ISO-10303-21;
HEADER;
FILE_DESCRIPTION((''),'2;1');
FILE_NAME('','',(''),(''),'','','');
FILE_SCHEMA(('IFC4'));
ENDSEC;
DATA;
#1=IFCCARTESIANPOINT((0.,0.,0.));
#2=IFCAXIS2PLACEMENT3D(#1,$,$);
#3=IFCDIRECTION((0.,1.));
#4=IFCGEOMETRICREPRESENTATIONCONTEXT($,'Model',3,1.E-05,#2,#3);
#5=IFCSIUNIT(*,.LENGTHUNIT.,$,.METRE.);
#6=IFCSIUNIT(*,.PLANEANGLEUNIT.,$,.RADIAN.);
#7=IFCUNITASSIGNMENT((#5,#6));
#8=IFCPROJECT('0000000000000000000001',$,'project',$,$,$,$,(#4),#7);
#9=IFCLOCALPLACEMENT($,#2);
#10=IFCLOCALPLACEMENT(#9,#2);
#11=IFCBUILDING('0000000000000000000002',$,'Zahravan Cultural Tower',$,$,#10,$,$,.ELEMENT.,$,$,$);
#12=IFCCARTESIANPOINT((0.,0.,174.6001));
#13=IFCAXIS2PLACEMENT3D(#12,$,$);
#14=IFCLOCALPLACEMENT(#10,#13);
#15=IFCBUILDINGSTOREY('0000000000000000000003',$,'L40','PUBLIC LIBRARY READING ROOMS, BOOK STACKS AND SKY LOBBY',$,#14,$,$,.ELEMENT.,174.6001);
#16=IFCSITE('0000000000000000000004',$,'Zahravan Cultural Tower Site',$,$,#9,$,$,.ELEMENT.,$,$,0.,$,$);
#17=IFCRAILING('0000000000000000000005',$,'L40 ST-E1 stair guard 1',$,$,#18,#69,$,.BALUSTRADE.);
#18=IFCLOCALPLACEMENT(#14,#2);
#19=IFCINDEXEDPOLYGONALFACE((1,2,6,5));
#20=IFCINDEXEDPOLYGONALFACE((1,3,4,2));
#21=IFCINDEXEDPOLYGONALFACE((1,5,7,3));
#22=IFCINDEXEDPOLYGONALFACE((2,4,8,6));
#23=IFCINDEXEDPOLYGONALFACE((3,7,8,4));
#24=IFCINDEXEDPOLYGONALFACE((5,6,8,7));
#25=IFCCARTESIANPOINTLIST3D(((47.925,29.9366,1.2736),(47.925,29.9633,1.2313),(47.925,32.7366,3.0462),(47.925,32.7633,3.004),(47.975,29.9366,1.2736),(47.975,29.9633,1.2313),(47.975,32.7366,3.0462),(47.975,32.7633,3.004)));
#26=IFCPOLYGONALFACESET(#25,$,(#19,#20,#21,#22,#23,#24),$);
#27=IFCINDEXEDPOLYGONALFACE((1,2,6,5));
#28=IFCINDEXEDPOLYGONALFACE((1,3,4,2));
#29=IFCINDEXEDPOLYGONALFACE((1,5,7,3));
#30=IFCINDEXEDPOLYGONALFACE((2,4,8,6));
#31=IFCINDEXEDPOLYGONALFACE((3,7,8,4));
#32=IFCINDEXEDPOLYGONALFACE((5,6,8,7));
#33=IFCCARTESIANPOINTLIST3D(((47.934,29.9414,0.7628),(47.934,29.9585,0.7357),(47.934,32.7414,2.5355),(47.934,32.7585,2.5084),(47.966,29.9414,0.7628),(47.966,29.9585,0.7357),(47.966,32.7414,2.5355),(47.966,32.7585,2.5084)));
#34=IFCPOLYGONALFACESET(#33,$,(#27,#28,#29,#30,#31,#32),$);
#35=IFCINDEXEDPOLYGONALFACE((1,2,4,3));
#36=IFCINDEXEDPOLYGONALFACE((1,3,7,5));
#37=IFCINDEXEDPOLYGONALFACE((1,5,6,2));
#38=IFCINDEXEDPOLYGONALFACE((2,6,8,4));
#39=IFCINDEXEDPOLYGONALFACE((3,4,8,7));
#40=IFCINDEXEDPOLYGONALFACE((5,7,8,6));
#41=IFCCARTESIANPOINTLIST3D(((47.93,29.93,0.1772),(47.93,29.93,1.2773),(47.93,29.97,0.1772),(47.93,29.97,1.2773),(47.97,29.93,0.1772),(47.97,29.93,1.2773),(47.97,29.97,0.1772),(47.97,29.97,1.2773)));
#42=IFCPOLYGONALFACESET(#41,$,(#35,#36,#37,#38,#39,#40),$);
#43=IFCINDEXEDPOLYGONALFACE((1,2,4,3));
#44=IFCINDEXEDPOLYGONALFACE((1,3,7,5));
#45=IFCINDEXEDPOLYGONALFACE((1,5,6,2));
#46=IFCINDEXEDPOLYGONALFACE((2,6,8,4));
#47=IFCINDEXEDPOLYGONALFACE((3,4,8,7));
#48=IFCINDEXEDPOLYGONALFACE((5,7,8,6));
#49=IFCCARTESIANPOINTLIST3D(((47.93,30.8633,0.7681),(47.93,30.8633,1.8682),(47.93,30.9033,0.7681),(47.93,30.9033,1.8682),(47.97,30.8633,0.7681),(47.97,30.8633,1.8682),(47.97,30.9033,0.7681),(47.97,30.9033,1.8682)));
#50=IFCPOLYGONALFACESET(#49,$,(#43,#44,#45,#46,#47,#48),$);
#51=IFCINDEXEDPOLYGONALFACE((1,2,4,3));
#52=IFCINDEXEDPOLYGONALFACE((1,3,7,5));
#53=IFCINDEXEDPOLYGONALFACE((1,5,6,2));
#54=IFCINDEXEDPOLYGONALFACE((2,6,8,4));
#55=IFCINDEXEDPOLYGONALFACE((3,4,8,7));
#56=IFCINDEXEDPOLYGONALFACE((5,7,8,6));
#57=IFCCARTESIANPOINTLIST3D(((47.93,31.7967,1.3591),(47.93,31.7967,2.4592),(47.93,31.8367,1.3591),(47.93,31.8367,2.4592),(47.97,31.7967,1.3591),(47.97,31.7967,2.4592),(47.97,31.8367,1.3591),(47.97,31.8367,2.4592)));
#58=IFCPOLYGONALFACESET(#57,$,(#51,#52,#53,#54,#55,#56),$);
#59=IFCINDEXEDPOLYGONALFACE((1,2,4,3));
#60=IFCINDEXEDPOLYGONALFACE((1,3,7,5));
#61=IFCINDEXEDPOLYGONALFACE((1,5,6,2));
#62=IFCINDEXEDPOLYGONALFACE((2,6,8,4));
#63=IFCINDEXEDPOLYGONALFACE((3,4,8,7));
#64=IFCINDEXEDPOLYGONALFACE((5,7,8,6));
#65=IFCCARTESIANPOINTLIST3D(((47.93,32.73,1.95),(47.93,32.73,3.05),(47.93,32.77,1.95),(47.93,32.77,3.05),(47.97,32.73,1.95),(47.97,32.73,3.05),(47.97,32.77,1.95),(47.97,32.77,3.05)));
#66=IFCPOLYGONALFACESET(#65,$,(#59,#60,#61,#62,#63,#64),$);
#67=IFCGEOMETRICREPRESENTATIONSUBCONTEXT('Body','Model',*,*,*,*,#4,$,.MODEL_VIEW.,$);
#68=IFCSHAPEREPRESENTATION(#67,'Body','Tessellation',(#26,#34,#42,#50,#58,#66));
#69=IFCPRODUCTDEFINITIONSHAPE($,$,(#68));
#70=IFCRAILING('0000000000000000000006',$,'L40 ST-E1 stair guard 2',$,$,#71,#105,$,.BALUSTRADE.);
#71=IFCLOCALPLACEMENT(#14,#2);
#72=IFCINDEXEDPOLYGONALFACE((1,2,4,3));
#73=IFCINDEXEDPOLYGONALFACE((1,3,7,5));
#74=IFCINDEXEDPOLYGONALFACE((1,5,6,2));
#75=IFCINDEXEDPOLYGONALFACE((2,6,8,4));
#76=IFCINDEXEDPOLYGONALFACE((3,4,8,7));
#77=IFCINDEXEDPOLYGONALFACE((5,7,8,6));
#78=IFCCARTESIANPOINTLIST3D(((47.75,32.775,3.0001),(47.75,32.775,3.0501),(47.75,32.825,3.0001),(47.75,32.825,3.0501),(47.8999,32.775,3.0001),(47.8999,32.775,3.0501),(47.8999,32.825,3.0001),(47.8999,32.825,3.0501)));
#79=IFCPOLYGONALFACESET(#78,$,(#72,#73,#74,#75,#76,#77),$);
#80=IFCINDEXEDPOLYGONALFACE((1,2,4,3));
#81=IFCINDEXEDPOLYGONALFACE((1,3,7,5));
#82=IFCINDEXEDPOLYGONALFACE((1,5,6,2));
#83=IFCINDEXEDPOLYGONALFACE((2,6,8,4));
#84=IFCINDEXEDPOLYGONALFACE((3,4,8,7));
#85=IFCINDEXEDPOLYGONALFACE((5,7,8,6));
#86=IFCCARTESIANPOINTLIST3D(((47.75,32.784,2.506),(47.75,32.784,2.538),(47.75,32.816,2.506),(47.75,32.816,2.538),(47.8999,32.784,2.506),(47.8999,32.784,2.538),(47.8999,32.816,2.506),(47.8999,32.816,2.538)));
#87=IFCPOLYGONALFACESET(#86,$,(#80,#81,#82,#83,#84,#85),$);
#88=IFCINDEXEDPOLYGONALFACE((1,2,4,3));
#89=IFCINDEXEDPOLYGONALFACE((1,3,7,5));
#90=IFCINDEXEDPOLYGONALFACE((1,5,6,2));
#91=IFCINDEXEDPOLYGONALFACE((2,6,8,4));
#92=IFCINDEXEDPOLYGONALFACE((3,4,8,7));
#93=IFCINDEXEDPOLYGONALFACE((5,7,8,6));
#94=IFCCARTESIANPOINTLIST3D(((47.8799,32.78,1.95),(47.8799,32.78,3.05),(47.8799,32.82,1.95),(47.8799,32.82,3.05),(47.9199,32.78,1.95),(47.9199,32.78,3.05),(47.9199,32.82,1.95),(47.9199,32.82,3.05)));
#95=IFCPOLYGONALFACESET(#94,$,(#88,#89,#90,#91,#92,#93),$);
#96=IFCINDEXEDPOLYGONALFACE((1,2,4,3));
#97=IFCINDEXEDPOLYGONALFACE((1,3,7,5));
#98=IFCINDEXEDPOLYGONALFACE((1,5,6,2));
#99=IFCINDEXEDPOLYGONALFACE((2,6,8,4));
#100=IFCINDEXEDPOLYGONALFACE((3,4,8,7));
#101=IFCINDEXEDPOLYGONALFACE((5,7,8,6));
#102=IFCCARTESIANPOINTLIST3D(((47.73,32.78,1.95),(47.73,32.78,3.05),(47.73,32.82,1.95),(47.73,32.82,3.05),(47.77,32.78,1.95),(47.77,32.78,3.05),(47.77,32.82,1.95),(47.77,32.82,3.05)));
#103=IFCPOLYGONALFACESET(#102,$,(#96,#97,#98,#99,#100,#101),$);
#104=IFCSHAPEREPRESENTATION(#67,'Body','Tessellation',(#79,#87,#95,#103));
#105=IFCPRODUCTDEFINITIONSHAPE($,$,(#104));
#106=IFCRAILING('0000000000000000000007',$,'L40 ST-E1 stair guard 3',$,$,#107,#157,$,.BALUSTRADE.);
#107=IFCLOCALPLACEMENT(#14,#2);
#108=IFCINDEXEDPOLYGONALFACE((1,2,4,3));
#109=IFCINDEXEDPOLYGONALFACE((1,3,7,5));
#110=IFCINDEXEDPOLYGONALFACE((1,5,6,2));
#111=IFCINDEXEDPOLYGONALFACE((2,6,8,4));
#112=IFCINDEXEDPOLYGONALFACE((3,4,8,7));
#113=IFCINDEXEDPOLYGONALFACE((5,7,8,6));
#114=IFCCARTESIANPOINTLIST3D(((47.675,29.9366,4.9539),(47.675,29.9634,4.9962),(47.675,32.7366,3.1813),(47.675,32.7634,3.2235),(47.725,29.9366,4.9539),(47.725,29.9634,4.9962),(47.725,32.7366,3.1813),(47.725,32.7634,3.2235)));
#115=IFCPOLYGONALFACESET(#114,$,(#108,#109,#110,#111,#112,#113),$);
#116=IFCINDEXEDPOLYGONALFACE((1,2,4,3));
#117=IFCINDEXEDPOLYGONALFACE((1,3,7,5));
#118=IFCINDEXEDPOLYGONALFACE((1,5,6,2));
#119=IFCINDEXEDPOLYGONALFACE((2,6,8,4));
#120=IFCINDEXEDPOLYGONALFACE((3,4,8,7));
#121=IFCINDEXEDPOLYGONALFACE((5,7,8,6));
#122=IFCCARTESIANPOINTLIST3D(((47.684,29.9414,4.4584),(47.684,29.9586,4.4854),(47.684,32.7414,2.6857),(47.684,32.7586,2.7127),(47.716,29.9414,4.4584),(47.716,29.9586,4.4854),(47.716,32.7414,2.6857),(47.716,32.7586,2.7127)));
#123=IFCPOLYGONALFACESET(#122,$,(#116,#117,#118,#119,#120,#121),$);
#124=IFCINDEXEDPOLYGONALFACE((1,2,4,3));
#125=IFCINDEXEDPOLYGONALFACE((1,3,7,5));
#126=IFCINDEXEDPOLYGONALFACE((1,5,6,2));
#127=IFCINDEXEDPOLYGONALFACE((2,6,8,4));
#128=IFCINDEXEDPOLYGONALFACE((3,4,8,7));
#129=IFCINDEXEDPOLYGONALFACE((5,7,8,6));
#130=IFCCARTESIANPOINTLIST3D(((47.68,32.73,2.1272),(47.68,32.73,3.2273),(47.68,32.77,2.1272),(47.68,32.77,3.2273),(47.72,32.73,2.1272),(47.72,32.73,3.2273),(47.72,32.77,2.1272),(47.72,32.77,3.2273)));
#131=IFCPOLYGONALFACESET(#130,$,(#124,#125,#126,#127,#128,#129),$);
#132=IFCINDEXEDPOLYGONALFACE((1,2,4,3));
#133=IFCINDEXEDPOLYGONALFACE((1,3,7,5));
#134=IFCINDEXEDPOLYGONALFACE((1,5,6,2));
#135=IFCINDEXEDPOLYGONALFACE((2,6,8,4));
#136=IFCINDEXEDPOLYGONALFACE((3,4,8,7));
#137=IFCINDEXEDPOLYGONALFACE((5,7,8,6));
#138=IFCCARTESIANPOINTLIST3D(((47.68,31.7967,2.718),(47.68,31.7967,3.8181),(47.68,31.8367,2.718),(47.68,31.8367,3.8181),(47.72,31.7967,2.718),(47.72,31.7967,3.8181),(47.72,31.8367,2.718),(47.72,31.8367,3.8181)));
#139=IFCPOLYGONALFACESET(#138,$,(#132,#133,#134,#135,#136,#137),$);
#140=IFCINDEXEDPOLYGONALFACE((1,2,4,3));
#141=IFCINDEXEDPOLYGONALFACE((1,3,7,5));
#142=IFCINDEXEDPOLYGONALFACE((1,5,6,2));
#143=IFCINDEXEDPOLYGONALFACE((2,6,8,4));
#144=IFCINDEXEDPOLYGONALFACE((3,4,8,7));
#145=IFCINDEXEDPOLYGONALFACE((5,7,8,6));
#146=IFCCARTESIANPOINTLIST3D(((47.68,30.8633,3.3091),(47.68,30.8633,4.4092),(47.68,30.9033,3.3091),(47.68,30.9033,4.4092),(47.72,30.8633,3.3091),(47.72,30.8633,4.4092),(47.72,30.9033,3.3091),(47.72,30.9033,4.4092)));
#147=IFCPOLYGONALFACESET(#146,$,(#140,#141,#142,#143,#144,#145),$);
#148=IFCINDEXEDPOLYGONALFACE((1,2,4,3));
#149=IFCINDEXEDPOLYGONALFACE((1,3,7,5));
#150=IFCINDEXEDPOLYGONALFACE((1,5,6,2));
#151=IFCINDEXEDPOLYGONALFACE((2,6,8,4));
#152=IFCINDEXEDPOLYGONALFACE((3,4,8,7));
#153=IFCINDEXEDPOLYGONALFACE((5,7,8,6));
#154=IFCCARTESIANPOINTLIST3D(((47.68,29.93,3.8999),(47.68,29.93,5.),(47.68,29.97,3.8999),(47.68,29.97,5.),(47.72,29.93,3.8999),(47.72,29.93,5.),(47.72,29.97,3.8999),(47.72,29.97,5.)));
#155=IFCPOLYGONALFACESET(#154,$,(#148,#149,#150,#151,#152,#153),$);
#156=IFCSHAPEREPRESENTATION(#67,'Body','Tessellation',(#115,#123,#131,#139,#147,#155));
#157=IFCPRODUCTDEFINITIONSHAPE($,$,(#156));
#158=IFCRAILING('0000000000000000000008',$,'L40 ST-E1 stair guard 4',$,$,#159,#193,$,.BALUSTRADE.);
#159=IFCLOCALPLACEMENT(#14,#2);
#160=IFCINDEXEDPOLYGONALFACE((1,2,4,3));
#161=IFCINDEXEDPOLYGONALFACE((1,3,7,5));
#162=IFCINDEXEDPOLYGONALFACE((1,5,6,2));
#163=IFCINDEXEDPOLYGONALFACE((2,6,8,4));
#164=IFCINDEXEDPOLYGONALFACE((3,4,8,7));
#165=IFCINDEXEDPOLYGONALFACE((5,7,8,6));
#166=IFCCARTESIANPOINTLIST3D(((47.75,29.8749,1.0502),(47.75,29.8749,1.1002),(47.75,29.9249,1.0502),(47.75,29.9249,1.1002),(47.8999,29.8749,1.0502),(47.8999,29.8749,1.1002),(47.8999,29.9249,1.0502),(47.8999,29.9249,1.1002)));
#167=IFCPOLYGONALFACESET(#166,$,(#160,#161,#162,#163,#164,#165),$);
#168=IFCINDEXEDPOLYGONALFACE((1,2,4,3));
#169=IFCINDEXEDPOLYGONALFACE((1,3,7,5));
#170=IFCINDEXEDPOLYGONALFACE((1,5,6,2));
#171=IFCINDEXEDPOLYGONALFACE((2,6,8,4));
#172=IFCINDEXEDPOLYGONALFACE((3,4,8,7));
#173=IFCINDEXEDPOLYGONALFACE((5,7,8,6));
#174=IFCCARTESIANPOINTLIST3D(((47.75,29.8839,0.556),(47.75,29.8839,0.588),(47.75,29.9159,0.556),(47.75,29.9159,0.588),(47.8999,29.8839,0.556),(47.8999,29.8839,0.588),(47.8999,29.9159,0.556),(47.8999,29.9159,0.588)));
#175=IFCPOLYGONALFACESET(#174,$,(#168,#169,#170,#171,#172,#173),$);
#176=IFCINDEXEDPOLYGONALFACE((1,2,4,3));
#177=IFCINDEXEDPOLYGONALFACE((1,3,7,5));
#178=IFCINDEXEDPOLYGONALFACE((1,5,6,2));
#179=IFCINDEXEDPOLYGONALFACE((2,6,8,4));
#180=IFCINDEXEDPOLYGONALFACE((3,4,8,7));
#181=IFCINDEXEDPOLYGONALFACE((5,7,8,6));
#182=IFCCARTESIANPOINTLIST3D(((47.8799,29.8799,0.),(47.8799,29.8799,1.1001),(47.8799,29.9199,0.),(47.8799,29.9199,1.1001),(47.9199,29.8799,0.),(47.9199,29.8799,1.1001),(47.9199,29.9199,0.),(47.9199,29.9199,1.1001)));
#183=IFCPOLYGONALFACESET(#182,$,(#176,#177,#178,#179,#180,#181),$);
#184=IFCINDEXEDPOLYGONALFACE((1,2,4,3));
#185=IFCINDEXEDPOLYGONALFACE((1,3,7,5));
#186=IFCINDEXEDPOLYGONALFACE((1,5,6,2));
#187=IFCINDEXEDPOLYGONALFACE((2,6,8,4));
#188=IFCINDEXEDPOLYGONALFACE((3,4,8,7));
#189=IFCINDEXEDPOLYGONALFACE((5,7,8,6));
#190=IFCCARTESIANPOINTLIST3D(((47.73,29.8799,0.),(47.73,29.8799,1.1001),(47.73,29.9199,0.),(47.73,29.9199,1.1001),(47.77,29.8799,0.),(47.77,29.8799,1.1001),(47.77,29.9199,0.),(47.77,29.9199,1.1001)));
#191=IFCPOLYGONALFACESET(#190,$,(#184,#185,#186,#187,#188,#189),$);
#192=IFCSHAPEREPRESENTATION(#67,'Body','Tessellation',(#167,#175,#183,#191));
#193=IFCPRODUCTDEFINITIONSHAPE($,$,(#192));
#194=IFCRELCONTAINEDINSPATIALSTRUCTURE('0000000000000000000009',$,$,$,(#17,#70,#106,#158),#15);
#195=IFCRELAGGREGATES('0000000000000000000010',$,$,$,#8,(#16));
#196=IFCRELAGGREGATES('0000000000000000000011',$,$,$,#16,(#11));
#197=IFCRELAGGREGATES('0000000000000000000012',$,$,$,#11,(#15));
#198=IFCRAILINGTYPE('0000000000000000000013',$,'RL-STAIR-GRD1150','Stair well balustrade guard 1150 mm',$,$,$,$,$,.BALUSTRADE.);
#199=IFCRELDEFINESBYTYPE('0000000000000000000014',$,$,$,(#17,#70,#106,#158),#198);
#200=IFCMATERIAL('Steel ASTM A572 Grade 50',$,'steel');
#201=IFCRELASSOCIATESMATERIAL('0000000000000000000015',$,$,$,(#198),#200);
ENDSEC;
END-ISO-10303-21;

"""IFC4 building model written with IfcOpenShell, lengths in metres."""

from ifc_helpers import new_model, si_unit, direction, frame, origin, origin_2d, place, context, subcontext, project, spatial, rectangle, extrude, material, type_object, element, save


model = new_model("IFC4")

# Units and contexts
model_context = context("Model", 3, precision=1e-05, world=origin(), true_north=direction((0.0, 1.0)))
body_context = subcontext(model_context, "Body", "Model", "MODEL_VIEW")
ifc_project = project(units=[si_unit("LENGTHUNIT", "METRE"), si_unit("PLANEANGLEUNIT", "RADIAN")], contexts=[model_context])

# Site, building, storey
site_placement = place(None, origin())
site = spatial("IfcSite", under=ifc_project, at=site_placement, Name="Zahravan Cultural Tower Site", CompositionType="ELEMENT", RefElevation=0.0)
building_placement = place(site_placement, origin())
building = spatial("IfcBuilding", under=site, at=building_placement, Name="Zahravan Cultural Tower", CompositionType="ELEMENT")
storey_placement = place(building_placement, frame((0.0, 0.0, 174.6001)))
storey = spatial("IfcBuildingStorey", under=building, at=storey_placement, Name="L40", Description="PUBLIC LIBRARY READING ROOMS, BOOK STACKS AND SKY LOBBY", CompositionType="ELEMENT", Elevation=174.6001)

# Shared definitions
ifc_material_1 = material(Name="Steel ASTM A572 Grade 50", Category="steel")

# Railings
railing_type_1 = type_object("IfcRailingType", Name="RL-STAIR-GRD1150", Description="Stair well balustrade guard 1150 mm", PredefinedType="BALUSTRADE", material=ifc_material_1)
railing_1_placement = place(storey_placement, frame((47.95, 29.95, 0.1772)))
element("IfcRailing", 1, at=railing_1_placement, inside=storey, type_object=railing_type_1, Name="L40 ST-E1 stair guard 1", PredefinedType="BALUSTRADE", context=body_context, shape_type="SweptSolid", body=[
    extrude(rectangle(XDim=0.05, YDim=0.05, at=origin_2d()), frame((0.0, 0.0, 1.0752), z_axis=(0.0, 0.844909, 0.53491), x_axis=(-1.0, 0.0, 0.0)), (0.0, 0.0, 1.0), 3.314),
    extrude(rectangle(XDim=0.032, YDim=0.032, at=origin_2d()), frame((0.0, 0.0, 0.572), z_axis=(0.0, 0.844909, 0.53491), x_axis=(-1.0, 0.0, 0.0)), (0.0, 0.0, 1.0), 3.314),
    extrude(rectangle(XDim=0.04, YDim=0.04, at=origin_2d()), origin(), (0.0, 0.0, 1.0), 1.1001),
    extrude(rectangle(XDim=0.04, YDim=0.04, at=origin_2d()), frame((0.0, 0.9333, 0.5908)), (0.0, 0.0, 1.0), 1.1001),
    extrude(rectangle(XDim=0.04, YDim=0.04, at=origin_2d()), frame((0.0, 1.8667, 1.1819)), (0.0, 0.0, 1.0), 1.1001),
    extrude(rectangle(XDim=0.04, YDim=0.04, at=origin_2d()), frame((0.0, 2.8, 1.7727)), (0.0, 0.0, 1.0), 1.1001),
])
railing_2_placement = place(storey_placement, frame((47.8999, 32.8, 1.95)))
element("IfcRailing", 2, at=railing_2_placement, inside=storey, type_object=railing_type_1, Name="L40 ST-E1 stair guard 2", PredefinedType="BALUSTRADE", context=body_context, shape_type="SweptSolid", body=[
    extrude(rectangle(XDim=0.05, YDim=0.05, at=origin_2d()), frame((0.0, 0.0, 1.0752), z_axis=(-1.0, 0.0, 0.0), x_axis=(0.0, -1.0, 0.0)), (0.0, 0.0, 1.0), 0.1499),
    extrude(rectangle(XDim=0.032, YDim=0.032, at=origin_2d()), frame((0.0, 0.0, 0.572), z_axis=(-1.0, 0.0, 0.0), x_axis=(0.0, -1.0, 0.0)), (0.0, 0.0, 1.0), 0.1499),
    extrude(rectangle(XDim=0.04, YDim=0.04, at=origin_2d()), origin(), (0.0, 0.0, 1.0), 1.1001),
    extrude(rectangle(XDim=0.04, YDim=0.04, at=origin_2d()), frame((-0.1499, 0.0, 0.0)), (0.0, 0.0, 1.0), 1.1001),
])
railing_3_placement = place(storey_placement, frame((47.7, 32.75, 2.1272)))
element("IfcRailing", 3, at=railing_3_placement, inside=storey, type_object=railing_type_1, Name="L40 ST-E1 stair guard 3", PredefinedType="BALUSTRADE", context=body_context, shape_type="SweptSolid", body=[
    extrude(rectangle(XDim=0.05, YDim=0.05, at=origin_2d()), frame((0.0, 0.0, 1.0752), z_axis=(0.0, -0.844909, 0.53491), x_axis=(1.0, 0.0, 0.0)), (0.0, 0.0, 1.0), 3.314),
    extrude(rectangle(XDim=0.032, YDim=0.032, at=origin_2d()), frame((0.0, 0.0, 0.572), z_axis=(0.0, -0.844909, 0.53491), x_axis=(1.0, 0.0, 0.0)), (0.0, 0.0, 1.0), 3.314),
    extrude(rectangle(XDim=0.04, YDim=0.04, at=origin_2d()), origin(), (0.0, 0.0, 1.0), 1.1001),
    extrude(rectangle(XDim=0.04, YDim=0.04, at=origin_2d()), frame((0.0, -0.9333, 0.5908)), (0.0, 0.0, 1.0), 1.1001),
    extrude(rectangle(XDim=0.04, YDim=0.04, at=origin_2d()), frame((0.0, -1.8667, 1.1819)), (0.0, 0.0, 1.0), 1.1001),
    extrude(rectangle(XDim=0.04, YDim=0.04, at=origin_2d()), frame((0.0, -2.8, 1.7727)), (0.0, 0.0, 1.0), 1.1001),
])
railing_4_placement = place(storey_placement, frame((47.8999, 29.8999, 0.0)))
element("IfcRailing", 4, at=railing_4_placement, inside=storey, type_object=railing_type_1, Name="L40 ST-E1 stair guard 4", PredefinedType="BALUSTRADE", context=body_context, shape_type="SweptSolid", body=[
    extrude(rectangle(XDim=0.05, YDim=0.05, at=origin_2d()), frame((0.0, 0.0, 1.0752), z_axis=(-1.0, 0.0, 0.0), x_axis=(0.0, -1.0, 0.0)), (0.0, 0.0, 1.0), 0.1499),
    extrude(rectangle(XDim=0.032, YDim=0.032, at=origin_2d()), frame((0.0, 0.0, 0.572), z_axis=(-1.0, 0.0, 0.0), x_axis=(0.0, -1.0, 0.0)), (0.0, 0.0, 1.0), 0.1499),
    extrude(rectangle(XDim=0.04, YDim=0.04, at=origin_2d()), origin(), (0.0, 0.0, 1.0), 1.1001),
    extrude(rectangle(XDim=0.04, YDim=0.04, at=origin_2d()), frame((-0.1499, 0.0, 0.0)), (0.0, 0.0, 1.0), 1.1001),
])

save(model, "model.ifc")
